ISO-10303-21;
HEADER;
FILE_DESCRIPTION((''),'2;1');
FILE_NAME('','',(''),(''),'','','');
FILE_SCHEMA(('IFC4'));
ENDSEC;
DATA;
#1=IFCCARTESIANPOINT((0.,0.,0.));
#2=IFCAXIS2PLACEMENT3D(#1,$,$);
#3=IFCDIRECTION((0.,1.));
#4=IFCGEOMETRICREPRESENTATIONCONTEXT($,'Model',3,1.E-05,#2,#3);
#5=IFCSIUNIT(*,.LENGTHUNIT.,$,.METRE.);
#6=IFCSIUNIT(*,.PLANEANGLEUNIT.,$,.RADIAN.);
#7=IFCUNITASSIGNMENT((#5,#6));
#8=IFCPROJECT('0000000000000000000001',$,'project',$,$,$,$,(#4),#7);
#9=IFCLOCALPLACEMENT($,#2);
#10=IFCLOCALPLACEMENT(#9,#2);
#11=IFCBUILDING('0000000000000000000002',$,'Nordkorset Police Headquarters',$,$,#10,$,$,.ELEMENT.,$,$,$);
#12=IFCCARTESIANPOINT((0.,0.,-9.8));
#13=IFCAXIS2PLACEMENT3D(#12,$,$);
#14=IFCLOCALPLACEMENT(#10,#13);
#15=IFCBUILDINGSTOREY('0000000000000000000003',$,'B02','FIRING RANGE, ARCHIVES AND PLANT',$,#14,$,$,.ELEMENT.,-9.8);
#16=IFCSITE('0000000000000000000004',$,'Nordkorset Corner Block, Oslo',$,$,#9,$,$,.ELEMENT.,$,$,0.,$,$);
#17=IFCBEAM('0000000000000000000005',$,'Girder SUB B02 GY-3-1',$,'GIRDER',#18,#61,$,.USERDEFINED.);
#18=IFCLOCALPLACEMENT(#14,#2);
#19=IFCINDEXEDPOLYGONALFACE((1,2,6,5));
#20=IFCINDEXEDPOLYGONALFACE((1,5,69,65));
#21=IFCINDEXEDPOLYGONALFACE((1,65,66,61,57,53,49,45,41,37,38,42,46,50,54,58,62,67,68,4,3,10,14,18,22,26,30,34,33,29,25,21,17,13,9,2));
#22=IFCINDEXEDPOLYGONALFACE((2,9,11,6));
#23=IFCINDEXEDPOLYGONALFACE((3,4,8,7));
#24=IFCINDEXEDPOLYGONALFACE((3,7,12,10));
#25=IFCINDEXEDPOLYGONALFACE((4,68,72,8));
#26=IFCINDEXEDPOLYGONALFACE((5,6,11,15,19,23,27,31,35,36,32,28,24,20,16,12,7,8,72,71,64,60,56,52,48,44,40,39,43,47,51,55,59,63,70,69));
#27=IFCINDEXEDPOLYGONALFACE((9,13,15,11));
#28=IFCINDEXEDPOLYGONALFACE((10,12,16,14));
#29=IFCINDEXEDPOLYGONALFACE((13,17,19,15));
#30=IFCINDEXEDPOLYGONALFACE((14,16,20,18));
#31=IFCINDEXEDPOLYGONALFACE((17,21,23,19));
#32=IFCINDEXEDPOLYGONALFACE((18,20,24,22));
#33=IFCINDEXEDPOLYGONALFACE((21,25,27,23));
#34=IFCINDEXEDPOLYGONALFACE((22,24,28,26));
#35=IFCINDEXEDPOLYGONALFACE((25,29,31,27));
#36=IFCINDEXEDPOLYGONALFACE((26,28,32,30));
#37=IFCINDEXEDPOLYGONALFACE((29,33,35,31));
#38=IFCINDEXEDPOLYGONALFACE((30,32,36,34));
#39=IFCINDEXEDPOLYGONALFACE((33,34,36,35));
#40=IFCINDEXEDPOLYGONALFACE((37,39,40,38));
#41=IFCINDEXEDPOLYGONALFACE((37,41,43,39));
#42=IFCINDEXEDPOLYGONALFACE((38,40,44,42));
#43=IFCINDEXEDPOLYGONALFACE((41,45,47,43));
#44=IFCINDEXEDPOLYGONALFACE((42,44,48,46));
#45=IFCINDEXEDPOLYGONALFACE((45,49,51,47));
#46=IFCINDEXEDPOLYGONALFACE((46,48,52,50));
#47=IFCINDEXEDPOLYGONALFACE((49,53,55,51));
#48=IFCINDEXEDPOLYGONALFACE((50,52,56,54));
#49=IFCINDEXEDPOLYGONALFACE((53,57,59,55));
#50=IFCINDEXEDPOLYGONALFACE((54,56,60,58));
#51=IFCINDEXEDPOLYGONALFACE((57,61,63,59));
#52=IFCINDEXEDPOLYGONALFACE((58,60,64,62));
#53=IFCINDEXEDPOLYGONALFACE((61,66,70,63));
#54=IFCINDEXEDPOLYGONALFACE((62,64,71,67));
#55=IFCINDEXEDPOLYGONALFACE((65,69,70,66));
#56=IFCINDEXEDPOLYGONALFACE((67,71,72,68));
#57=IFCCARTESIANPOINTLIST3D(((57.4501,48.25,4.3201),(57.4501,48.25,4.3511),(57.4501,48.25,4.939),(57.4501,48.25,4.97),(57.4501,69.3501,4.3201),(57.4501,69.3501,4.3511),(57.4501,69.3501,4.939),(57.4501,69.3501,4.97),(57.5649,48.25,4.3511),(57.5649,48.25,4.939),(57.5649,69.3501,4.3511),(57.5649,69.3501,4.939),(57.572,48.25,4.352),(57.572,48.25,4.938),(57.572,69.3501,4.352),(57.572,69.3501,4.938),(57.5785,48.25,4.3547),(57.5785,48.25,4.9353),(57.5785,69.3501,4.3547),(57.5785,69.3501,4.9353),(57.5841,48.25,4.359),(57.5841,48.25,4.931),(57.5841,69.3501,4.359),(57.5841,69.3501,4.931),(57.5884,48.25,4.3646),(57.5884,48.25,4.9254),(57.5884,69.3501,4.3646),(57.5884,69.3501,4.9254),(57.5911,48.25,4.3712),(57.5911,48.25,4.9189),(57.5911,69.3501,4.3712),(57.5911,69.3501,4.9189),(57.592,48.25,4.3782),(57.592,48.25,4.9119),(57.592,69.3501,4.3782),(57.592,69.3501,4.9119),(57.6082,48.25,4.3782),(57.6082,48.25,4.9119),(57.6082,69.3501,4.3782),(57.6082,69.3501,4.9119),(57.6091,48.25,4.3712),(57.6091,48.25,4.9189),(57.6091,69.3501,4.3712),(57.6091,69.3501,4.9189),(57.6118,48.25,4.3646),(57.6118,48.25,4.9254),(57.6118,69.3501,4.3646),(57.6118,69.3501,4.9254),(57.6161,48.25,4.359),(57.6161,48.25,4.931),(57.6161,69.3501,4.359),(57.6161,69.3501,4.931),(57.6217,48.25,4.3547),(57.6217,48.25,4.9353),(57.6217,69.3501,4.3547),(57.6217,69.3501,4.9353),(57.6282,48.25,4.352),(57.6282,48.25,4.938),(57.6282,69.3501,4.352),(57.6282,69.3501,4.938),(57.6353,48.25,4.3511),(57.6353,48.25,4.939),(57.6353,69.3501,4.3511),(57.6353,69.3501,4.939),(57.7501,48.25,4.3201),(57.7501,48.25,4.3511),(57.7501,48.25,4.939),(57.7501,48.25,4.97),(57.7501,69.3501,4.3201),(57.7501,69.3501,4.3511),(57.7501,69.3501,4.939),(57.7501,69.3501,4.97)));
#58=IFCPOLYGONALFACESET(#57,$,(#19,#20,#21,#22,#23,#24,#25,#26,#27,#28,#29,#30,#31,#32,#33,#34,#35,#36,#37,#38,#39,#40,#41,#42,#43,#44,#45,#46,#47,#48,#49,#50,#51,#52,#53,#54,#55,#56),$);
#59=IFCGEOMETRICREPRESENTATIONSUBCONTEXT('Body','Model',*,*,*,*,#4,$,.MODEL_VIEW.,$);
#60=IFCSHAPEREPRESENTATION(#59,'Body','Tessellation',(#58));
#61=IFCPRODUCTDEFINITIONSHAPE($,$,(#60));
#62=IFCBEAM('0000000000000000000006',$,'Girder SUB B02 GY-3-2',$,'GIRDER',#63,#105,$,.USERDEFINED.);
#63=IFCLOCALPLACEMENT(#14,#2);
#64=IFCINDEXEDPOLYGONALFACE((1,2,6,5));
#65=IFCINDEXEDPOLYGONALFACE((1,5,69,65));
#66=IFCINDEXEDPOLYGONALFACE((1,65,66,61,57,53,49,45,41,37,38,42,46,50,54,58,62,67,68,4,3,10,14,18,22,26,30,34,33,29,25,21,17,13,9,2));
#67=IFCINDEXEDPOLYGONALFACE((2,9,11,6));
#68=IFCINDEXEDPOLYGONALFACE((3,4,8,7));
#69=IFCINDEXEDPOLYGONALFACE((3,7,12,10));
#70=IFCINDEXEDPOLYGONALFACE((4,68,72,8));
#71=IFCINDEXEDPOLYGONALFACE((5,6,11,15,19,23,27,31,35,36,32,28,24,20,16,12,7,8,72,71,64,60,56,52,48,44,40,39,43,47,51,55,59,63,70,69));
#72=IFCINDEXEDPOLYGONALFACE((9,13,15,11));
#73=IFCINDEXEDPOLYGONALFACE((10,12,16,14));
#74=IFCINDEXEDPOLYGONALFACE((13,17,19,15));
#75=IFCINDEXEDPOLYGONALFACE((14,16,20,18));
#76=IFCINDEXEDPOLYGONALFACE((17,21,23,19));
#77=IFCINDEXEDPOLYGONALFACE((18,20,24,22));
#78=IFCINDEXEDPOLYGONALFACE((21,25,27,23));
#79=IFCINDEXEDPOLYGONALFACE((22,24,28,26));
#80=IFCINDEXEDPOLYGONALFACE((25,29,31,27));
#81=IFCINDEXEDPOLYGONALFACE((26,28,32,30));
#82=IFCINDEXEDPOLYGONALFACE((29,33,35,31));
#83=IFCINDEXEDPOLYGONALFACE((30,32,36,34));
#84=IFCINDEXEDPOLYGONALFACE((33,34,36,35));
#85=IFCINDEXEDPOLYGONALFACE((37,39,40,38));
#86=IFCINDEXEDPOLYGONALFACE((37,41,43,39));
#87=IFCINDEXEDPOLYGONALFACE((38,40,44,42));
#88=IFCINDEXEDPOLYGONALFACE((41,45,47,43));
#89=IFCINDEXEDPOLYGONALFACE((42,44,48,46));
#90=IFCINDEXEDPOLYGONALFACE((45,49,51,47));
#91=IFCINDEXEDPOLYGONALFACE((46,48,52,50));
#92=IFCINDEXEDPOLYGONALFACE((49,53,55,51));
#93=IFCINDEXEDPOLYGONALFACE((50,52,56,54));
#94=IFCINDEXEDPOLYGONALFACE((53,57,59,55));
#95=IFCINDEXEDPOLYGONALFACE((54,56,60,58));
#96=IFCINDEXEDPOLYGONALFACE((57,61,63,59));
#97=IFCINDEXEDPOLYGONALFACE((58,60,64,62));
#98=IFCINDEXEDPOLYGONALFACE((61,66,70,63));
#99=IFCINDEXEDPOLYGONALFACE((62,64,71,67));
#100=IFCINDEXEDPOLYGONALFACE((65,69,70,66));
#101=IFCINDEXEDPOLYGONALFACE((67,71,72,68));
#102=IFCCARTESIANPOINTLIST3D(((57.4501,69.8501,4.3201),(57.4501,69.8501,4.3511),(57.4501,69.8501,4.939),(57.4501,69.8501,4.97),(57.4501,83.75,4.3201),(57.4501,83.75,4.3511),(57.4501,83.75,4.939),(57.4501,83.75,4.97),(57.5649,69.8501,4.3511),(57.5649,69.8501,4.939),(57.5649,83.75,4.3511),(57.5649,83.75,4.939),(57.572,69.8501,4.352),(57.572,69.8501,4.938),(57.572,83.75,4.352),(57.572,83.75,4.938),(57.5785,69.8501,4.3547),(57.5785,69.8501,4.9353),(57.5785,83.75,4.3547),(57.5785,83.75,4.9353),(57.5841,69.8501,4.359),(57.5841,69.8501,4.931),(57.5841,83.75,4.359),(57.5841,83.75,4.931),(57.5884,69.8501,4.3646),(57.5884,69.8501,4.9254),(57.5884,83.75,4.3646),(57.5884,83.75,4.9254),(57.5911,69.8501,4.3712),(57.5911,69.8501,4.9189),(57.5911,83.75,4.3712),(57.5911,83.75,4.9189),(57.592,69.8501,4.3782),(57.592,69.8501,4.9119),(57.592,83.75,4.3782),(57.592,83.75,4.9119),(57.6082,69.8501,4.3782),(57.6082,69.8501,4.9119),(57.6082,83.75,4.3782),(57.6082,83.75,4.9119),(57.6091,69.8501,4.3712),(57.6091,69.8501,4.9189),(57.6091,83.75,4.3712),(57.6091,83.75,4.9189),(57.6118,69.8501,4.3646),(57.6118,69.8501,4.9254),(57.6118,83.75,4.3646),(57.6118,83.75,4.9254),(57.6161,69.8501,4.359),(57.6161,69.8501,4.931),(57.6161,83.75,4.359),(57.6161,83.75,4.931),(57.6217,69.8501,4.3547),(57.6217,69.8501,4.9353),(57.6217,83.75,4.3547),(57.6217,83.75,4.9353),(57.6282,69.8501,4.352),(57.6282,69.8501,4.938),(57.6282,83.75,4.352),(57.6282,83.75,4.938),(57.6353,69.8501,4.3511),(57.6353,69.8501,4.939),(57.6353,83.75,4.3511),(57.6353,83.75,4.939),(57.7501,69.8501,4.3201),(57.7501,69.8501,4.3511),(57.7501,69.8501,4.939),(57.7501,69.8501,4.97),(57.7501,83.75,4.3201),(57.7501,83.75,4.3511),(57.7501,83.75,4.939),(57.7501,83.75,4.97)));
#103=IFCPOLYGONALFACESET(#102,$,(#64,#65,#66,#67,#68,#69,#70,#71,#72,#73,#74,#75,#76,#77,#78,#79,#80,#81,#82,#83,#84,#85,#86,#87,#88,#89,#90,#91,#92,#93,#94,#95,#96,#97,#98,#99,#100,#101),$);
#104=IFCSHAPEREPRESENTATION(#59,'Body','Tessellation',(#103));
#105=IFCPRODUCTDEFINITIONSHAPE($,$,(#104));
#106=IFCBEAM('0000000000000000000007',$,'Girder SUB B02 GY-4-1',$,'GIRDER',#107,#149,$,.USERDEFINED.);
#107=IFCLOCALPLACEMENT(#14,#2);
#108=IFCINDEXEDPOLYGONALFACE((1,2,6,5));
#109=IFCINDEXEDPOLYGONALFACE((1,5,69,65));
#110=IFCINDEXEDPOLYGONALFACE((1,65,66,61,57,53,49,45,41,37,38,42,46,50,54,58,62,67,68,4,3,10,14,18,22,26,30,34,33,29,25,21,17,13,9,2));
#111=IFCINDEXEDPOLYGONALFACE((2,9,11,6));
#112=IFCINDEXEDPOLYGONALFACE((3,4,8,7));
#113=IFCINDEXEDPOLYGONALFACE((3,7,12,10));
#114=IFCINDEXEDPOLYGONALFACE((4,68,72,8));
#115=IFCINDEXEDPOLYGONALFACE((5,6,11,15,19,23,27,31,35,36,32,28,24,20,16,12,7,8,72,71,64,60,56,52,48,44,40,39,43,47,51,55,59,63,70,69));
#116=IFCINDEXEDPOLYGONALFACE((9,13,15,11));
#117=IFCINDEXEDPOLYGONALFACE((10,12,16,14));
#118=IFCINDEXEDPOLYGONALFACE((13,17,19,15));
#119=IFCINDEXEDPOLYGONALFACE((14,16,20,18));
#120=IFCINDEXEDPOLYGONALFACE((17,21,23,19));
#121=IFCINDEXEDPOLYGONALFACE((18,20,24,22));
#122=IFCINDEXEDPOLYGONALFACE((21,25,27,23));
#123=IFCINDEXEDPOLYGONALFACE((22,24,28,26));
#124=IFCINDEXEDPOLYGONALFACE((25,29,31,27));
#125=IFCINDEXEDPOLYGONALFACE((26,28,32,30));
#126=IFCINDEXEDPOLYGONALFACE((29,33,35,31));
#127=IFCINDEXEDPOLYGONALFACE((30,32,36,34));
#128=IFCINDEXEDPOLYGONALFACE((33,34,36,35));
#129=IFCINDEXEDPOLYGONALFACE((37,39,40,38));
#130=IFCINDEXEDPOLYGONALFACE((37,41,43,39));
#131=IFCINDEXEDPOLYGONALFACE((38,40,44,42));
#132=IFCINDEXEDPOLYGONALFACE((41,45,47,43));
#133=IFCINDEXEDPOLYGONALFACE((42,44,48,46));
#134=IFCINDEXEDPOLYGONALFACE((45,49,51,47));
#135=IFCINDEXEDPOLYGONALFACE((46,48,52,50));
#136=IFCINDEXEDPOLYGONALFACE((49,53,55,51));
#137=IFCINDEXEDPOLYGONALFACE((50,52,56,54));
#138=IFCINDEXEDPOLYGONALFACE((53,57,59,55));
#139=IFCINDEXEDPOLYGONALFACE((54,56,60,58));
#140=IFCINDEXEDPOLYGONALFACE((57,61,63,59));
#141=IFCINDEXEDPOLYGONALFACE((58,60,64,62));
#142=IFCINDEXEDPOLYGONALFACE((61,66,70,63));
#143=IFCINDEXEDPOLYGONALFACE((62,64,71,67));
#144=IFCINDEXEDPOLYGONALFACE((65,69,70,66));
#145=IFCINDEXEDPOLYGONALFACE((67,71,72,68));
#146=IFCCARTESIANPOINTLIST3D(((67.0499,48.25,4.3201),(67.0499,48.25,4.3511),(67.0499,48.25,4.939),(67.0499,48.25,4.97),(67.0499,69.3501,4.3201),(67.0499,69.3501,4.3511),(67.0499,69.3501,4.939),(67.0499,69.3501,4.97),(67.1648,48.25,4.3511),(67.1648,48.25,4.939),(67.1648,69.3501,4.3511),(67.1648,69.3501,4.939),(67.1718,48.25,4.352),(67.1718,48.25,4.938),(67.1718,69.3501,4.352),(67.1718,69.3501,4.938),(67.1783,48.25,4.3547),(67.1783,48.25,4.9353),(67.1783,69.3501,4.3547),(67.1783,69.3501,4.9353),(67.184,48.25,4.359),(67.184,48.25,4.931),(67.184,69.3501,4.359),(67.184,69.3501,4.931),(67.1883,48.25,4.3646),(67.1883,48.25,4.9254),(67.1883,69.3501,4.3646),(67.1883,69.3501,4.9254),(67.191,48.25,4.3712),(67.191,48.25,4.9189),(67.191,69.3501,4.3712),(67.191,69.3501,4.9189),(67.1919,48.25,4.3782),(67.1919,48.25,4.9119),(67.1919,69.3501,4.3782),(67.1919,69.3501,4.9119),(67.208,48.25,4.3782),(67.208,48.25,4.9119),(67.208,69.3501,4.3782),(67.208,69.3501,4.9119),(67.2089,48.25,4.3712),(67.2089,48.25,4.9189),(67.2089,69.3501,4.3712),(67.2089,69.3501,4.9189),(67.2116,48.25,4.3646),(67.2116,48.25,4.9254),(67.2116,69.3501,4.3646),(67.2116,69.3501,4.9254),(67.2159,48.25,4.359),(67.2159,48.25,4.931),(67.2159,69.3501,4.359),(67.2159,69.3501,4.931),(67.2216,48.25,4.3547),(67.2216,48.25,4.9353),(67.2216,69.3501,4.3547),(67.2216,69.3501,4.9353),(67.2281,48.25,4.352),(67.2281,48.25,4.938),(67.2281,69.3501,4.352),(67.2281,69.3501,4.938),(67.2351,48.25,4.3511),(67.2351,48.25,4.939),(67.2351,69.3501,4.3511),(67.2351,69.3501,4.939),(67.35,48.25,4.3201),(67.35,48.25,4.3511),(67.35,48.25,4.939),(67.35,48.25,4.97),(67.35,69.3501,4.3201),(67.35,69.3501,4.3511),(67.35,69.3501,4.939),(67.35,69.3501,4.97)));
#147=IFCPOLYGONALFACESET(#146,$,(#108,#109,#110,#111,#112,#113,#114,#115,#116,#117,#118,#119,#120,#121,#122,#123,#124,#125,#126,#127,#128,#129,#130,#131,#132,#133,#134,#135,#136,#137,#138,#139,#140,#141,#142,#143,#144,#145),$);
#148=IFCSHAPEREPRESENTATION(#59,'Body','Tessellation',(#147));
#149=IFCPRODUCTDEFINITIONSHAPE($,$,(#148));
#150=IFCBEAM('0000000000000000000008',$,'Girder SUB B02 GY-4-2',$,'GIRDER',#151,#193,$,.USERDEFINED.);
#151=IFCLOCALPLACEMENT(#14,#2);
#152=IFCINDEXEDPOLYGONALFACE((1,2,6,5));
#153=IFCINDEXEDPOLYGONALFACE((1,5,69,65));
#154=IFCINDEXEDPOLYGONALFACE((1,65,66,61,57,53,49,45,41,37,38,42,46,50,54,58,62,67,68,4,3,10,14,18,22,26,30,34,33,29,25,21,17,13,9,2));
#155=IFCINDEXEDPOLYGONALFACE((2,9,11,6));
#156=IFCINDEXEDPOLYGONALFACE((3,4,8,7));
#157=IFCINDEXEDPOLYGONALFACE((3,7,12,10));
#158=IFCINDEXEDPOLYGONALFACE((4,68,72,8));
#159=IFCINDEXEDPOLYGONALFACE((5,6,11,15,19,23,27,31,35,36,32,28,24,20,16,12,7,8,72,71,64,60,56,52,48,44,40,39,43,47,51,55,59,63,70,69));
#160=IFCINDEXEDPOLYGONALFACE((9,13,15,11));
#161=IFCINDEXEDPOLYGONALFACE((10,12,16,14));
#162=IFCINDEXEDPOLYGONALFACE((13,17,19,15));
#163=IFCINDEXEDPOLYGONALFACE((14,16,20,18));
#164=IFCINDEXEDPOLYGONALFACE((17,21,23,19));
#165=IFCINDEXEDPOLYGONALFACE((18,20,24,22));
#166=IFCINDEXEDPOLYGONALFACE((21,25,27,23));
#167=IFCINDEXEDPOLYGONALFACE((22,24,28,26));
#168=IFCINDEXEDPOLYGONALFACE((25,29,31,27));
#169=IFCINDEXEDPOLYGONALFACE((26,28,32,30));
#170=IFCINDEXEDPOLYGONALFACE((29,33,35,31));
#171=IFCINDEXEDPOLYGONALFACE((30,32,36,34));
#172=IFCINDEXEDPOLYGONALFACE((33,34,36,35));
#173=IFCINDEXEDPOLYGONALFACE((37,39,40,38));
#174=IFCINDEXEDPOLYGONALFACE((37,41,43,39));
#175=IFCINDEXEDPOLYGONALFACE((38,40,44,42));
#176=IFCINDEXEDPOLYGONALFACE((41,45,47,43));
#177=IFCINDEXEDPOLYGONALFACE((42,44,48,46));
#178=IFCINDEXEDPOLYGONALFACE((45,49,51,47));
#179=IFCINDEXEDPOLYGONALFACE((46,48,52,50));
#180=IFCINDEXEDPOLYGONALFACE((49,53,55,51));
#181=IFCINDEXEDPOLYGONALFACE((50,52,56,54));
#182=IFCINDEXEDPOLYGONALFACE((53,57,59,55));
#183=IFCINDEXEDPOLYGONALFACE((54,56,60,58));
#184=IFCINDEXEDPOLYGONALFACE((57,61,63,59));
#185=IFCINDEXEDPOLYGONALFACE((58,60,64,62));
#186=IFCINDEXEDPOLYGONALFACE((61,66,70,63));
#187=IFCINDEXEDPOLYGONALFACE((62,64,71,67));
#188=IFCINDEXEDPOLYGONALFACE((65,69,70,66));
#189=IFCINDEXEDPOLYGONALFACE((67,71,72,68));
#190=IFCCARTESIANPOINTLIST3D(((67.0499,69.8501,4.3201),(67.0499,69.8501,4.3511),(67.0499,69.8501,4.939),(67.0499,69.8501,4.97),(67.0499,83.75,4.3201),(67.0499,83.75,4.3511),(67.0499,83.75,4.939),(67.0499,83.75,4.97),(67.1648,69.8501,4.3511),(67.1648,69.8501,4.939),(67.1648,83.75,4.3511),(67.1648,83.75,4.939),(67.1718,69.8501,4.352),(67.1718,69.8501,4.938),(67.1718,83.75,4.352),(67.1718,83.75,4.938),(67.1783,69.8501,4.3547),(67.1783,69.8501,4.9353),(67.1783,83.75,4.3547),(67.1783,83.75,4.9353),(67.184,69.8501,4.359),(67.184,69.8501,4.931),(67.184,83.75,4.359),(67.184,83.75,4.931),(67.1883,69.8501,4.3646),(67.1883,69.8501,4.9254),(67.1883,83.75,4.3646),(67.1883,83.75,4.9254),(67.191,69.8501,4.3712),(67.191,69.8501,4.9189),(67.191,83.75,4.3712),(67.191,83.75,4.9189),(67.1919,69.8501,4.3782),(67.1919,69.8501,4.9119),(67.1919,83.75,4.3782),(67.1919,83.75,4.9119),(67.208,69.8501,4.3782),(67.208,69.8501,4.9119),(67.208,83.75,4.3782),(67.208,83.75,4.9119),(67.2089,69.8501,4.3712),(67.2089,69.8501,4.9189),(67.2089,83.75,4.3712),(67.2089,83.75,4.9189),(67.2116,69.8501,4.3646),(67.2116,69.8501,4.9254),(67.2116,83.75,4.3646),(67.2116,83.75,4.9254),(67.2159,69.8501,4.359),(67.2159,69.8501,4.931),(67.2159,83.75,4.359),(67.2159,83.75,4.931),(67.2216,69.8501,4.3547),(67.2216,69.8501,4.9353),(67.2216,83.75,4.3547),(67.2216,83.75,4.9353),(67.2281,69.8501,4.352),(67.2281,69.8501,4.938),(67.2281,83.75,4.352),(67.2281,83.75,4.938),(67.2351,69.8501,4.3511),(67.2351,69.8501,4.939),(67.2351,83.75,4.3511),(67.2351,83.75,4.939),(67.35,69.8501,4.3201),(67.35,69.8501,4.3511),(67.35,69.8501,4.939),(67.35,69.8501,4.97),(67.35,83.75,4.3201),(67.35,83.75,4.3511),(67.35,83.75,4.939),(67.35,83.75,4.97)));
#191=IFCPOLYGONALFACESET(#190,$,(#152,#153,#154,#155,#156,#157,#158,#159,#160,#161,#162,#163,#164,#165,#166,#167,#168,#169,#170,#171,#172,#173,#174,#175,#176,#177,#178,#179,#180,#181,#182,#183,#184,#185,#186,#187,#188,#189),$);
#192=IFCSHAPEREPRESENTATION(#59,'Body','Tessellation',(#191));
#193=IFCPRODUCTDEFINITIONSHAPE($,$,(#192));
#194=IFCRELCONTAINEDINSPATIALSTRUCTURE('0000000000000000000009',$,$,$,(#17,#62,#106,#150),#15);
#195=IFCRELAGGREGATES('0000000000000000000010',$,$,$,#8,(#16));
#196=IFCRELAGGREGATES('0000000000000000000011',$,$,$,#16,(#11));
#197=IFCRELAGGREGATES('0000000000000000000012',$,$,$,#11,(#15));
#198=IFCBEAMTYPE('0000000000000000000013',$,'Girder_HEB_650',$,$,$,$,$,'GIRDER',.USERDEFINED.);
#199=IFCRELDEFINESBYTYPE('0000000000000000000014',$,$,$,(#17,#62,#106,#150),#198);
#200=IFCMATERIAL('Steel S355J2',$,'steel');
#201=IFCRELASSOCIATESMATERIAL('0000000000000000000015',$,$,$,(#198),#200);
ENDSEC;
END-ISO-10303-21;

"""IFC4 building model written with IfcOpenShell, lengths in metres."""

from ifc_helpers import new_model, si_unit, direction, frame, origin, origin_2d, place, context, subcontext, project, spatial, i_section, extrude, material, material_profile, profile_set, type_object, element, save


model = new_model("IFC4")

# Units and contexts
model_context = context("Model", 3, precision=1e-05, world=origin(), true_north=direction((0.0, 1.0)))
body_context = subcontext(model_context, "Body", "Model", "MODEL_VIEW")
ifc_project = project(units=[si_unit("LENGTHUNIT", "METRE"), si_unit("PLANEANGLEUNIT", "RADIAN")], contexts=[model_context])

# Site, building, storey
site_placement = place(None, origin())
site = spatial("IfcSite", under=ifc_project, at=site_placement, Name="Nordkorset Corner Block, Oslo", CompositionType="ELEMENT", RefElevation=0.0)
building_placement = place(site_placement, origin())
building = spatial("IfcBuilding", under=site, at=building_placement, Name="Nordkorset Police Headquarters", CompositionType="ELEMENT")
storey_placement = place(building_placement, frame((0.0, 0.0, -9.8)))
storey = spatial("IfcBuildingStorey", under=building, at=storey_placement, Name="B02", Description="FIRING RANGE, ARCHIVES AND PLANT", CompositionType="ELEMENT", Elevation=-9.8)

# Beams
ifc_material_1 = material(Name="Steel S355J2", Category="steel")
ifc_material_profile_1 = material_profile(ifc_material_1, i_section(OverallWidth=0.3, OverallDepth=0.6499, WebThickness=0.0161, FlangeThickness=0.031, FilletRadius=0.0271, at=origin_2d()), Name="HEB 650")
ifc_profile_set_1 = profile_set([ifc_material_profile_1], Name="Steel S355J2")
beam_type_1 = type_object("IfcBeamType", Name="Girder_HEB_650", ElementType="GIRDER", PredefinedType="USERDEFINED", material=ifc_profile_set_1)
beam_1_placement = place(storey_placement, frame((57.6001, 48.25, 4.645), z_axis=(0.0, 1.0, 0.0), x_axis=(-1.0, 0.0, 0.0)))
element("IfcBeam", 1, at=beam_1_placement, inside=storey, type_object=beam_type_1, Name="Girder SUB B02 GY-3-1", ObjectType="GIRDER", PredefinedType="USERDEFINED", context=body_context, shape_type="SweptSolid", body=[
    extrude(i_section(OverallWidth=0.3, OverallDepth=0.6499, WebThickness=0.0161, FlangeThickness=0.031, FilletRadius=0.0271, at=origin_2d()), origin(), (0.0, 0.0, 1.0), 21.1001),
])
beam_2_placement = place(storey_placement, frame((57.6001, 69.8501, 4.645), z_axis=(0.0, 1.0, 0.0), x_axis=(-1.0, 0.0, 0.0)))
element("IfcBeam", 2, at=beam_2_placement, inside=storey, type_object=beam_type_1, Name="Girder SUB B02 GY-3-2", ObjectType="GIRDER", PredefinedType="USERDEFINED", context=body_context, shape_type="SweptSolid", body=[
    extrude(i_section(OverallWidth=0.3, OverallDepth=0.6499, WebThickness=0.0161, FlangeThickness=0.031, FilletRadius=0.0271, at=origin_2d()), origin(), (0.0, 0.0, 1.0), 13.8999),
])
beam_3_placement = place(storey_placement, frame((67.2, 48.25, 4.645), z_axis=(0.0, 1.0, 0.0), x_axis=(-1.0, 0.0, 0.0)))
element("IfcBeam", 3, at=beam_3_placement, inside=storey, type_object=beam_type_1, Name="Girder SUB B02 GY-4-1", ObjectType="GIRDER", PredefinedType="USERDEFINED", context=body_context, shape_type="SweptSolid", body=[
    extrude(i_section(OverallWidth=0.3, OverallDepth=0.6499, WebThickness=0.0161, FlangeThickness=0.031, FilletRadius=0.0271, at=origin_2d()), origin(), (0.0, 0.0, 1.0), 21.1001),
])
beam_4_placement = place(storey_placement, frame((67.2, 69.8501, 4.645), z_axis=(0.0, 1.0, 0.0), x_axis=(-1.0, 0.0, 0.0)))
element("IfcBeam", 4, at=beam_4_placement, inside=storey, type_object=beam_type_1, Name="Girder SUB B02 GY-4-2", ObjectType="GIRDER", PredefinedType="USERDEFINED", context=body_context, shape_type="SweptSolid", body=[
    extrude(i_section(OverallWidth=0.3, OverallDepth=0.6499, WebThickness=0.0161, FlangeThickness=0.031, FilletRadius=0.0271, at=origin_2d()), origin(), (0.0, 0.0, 1.0), 13.8999),
])

save(model, "model.ifc")
